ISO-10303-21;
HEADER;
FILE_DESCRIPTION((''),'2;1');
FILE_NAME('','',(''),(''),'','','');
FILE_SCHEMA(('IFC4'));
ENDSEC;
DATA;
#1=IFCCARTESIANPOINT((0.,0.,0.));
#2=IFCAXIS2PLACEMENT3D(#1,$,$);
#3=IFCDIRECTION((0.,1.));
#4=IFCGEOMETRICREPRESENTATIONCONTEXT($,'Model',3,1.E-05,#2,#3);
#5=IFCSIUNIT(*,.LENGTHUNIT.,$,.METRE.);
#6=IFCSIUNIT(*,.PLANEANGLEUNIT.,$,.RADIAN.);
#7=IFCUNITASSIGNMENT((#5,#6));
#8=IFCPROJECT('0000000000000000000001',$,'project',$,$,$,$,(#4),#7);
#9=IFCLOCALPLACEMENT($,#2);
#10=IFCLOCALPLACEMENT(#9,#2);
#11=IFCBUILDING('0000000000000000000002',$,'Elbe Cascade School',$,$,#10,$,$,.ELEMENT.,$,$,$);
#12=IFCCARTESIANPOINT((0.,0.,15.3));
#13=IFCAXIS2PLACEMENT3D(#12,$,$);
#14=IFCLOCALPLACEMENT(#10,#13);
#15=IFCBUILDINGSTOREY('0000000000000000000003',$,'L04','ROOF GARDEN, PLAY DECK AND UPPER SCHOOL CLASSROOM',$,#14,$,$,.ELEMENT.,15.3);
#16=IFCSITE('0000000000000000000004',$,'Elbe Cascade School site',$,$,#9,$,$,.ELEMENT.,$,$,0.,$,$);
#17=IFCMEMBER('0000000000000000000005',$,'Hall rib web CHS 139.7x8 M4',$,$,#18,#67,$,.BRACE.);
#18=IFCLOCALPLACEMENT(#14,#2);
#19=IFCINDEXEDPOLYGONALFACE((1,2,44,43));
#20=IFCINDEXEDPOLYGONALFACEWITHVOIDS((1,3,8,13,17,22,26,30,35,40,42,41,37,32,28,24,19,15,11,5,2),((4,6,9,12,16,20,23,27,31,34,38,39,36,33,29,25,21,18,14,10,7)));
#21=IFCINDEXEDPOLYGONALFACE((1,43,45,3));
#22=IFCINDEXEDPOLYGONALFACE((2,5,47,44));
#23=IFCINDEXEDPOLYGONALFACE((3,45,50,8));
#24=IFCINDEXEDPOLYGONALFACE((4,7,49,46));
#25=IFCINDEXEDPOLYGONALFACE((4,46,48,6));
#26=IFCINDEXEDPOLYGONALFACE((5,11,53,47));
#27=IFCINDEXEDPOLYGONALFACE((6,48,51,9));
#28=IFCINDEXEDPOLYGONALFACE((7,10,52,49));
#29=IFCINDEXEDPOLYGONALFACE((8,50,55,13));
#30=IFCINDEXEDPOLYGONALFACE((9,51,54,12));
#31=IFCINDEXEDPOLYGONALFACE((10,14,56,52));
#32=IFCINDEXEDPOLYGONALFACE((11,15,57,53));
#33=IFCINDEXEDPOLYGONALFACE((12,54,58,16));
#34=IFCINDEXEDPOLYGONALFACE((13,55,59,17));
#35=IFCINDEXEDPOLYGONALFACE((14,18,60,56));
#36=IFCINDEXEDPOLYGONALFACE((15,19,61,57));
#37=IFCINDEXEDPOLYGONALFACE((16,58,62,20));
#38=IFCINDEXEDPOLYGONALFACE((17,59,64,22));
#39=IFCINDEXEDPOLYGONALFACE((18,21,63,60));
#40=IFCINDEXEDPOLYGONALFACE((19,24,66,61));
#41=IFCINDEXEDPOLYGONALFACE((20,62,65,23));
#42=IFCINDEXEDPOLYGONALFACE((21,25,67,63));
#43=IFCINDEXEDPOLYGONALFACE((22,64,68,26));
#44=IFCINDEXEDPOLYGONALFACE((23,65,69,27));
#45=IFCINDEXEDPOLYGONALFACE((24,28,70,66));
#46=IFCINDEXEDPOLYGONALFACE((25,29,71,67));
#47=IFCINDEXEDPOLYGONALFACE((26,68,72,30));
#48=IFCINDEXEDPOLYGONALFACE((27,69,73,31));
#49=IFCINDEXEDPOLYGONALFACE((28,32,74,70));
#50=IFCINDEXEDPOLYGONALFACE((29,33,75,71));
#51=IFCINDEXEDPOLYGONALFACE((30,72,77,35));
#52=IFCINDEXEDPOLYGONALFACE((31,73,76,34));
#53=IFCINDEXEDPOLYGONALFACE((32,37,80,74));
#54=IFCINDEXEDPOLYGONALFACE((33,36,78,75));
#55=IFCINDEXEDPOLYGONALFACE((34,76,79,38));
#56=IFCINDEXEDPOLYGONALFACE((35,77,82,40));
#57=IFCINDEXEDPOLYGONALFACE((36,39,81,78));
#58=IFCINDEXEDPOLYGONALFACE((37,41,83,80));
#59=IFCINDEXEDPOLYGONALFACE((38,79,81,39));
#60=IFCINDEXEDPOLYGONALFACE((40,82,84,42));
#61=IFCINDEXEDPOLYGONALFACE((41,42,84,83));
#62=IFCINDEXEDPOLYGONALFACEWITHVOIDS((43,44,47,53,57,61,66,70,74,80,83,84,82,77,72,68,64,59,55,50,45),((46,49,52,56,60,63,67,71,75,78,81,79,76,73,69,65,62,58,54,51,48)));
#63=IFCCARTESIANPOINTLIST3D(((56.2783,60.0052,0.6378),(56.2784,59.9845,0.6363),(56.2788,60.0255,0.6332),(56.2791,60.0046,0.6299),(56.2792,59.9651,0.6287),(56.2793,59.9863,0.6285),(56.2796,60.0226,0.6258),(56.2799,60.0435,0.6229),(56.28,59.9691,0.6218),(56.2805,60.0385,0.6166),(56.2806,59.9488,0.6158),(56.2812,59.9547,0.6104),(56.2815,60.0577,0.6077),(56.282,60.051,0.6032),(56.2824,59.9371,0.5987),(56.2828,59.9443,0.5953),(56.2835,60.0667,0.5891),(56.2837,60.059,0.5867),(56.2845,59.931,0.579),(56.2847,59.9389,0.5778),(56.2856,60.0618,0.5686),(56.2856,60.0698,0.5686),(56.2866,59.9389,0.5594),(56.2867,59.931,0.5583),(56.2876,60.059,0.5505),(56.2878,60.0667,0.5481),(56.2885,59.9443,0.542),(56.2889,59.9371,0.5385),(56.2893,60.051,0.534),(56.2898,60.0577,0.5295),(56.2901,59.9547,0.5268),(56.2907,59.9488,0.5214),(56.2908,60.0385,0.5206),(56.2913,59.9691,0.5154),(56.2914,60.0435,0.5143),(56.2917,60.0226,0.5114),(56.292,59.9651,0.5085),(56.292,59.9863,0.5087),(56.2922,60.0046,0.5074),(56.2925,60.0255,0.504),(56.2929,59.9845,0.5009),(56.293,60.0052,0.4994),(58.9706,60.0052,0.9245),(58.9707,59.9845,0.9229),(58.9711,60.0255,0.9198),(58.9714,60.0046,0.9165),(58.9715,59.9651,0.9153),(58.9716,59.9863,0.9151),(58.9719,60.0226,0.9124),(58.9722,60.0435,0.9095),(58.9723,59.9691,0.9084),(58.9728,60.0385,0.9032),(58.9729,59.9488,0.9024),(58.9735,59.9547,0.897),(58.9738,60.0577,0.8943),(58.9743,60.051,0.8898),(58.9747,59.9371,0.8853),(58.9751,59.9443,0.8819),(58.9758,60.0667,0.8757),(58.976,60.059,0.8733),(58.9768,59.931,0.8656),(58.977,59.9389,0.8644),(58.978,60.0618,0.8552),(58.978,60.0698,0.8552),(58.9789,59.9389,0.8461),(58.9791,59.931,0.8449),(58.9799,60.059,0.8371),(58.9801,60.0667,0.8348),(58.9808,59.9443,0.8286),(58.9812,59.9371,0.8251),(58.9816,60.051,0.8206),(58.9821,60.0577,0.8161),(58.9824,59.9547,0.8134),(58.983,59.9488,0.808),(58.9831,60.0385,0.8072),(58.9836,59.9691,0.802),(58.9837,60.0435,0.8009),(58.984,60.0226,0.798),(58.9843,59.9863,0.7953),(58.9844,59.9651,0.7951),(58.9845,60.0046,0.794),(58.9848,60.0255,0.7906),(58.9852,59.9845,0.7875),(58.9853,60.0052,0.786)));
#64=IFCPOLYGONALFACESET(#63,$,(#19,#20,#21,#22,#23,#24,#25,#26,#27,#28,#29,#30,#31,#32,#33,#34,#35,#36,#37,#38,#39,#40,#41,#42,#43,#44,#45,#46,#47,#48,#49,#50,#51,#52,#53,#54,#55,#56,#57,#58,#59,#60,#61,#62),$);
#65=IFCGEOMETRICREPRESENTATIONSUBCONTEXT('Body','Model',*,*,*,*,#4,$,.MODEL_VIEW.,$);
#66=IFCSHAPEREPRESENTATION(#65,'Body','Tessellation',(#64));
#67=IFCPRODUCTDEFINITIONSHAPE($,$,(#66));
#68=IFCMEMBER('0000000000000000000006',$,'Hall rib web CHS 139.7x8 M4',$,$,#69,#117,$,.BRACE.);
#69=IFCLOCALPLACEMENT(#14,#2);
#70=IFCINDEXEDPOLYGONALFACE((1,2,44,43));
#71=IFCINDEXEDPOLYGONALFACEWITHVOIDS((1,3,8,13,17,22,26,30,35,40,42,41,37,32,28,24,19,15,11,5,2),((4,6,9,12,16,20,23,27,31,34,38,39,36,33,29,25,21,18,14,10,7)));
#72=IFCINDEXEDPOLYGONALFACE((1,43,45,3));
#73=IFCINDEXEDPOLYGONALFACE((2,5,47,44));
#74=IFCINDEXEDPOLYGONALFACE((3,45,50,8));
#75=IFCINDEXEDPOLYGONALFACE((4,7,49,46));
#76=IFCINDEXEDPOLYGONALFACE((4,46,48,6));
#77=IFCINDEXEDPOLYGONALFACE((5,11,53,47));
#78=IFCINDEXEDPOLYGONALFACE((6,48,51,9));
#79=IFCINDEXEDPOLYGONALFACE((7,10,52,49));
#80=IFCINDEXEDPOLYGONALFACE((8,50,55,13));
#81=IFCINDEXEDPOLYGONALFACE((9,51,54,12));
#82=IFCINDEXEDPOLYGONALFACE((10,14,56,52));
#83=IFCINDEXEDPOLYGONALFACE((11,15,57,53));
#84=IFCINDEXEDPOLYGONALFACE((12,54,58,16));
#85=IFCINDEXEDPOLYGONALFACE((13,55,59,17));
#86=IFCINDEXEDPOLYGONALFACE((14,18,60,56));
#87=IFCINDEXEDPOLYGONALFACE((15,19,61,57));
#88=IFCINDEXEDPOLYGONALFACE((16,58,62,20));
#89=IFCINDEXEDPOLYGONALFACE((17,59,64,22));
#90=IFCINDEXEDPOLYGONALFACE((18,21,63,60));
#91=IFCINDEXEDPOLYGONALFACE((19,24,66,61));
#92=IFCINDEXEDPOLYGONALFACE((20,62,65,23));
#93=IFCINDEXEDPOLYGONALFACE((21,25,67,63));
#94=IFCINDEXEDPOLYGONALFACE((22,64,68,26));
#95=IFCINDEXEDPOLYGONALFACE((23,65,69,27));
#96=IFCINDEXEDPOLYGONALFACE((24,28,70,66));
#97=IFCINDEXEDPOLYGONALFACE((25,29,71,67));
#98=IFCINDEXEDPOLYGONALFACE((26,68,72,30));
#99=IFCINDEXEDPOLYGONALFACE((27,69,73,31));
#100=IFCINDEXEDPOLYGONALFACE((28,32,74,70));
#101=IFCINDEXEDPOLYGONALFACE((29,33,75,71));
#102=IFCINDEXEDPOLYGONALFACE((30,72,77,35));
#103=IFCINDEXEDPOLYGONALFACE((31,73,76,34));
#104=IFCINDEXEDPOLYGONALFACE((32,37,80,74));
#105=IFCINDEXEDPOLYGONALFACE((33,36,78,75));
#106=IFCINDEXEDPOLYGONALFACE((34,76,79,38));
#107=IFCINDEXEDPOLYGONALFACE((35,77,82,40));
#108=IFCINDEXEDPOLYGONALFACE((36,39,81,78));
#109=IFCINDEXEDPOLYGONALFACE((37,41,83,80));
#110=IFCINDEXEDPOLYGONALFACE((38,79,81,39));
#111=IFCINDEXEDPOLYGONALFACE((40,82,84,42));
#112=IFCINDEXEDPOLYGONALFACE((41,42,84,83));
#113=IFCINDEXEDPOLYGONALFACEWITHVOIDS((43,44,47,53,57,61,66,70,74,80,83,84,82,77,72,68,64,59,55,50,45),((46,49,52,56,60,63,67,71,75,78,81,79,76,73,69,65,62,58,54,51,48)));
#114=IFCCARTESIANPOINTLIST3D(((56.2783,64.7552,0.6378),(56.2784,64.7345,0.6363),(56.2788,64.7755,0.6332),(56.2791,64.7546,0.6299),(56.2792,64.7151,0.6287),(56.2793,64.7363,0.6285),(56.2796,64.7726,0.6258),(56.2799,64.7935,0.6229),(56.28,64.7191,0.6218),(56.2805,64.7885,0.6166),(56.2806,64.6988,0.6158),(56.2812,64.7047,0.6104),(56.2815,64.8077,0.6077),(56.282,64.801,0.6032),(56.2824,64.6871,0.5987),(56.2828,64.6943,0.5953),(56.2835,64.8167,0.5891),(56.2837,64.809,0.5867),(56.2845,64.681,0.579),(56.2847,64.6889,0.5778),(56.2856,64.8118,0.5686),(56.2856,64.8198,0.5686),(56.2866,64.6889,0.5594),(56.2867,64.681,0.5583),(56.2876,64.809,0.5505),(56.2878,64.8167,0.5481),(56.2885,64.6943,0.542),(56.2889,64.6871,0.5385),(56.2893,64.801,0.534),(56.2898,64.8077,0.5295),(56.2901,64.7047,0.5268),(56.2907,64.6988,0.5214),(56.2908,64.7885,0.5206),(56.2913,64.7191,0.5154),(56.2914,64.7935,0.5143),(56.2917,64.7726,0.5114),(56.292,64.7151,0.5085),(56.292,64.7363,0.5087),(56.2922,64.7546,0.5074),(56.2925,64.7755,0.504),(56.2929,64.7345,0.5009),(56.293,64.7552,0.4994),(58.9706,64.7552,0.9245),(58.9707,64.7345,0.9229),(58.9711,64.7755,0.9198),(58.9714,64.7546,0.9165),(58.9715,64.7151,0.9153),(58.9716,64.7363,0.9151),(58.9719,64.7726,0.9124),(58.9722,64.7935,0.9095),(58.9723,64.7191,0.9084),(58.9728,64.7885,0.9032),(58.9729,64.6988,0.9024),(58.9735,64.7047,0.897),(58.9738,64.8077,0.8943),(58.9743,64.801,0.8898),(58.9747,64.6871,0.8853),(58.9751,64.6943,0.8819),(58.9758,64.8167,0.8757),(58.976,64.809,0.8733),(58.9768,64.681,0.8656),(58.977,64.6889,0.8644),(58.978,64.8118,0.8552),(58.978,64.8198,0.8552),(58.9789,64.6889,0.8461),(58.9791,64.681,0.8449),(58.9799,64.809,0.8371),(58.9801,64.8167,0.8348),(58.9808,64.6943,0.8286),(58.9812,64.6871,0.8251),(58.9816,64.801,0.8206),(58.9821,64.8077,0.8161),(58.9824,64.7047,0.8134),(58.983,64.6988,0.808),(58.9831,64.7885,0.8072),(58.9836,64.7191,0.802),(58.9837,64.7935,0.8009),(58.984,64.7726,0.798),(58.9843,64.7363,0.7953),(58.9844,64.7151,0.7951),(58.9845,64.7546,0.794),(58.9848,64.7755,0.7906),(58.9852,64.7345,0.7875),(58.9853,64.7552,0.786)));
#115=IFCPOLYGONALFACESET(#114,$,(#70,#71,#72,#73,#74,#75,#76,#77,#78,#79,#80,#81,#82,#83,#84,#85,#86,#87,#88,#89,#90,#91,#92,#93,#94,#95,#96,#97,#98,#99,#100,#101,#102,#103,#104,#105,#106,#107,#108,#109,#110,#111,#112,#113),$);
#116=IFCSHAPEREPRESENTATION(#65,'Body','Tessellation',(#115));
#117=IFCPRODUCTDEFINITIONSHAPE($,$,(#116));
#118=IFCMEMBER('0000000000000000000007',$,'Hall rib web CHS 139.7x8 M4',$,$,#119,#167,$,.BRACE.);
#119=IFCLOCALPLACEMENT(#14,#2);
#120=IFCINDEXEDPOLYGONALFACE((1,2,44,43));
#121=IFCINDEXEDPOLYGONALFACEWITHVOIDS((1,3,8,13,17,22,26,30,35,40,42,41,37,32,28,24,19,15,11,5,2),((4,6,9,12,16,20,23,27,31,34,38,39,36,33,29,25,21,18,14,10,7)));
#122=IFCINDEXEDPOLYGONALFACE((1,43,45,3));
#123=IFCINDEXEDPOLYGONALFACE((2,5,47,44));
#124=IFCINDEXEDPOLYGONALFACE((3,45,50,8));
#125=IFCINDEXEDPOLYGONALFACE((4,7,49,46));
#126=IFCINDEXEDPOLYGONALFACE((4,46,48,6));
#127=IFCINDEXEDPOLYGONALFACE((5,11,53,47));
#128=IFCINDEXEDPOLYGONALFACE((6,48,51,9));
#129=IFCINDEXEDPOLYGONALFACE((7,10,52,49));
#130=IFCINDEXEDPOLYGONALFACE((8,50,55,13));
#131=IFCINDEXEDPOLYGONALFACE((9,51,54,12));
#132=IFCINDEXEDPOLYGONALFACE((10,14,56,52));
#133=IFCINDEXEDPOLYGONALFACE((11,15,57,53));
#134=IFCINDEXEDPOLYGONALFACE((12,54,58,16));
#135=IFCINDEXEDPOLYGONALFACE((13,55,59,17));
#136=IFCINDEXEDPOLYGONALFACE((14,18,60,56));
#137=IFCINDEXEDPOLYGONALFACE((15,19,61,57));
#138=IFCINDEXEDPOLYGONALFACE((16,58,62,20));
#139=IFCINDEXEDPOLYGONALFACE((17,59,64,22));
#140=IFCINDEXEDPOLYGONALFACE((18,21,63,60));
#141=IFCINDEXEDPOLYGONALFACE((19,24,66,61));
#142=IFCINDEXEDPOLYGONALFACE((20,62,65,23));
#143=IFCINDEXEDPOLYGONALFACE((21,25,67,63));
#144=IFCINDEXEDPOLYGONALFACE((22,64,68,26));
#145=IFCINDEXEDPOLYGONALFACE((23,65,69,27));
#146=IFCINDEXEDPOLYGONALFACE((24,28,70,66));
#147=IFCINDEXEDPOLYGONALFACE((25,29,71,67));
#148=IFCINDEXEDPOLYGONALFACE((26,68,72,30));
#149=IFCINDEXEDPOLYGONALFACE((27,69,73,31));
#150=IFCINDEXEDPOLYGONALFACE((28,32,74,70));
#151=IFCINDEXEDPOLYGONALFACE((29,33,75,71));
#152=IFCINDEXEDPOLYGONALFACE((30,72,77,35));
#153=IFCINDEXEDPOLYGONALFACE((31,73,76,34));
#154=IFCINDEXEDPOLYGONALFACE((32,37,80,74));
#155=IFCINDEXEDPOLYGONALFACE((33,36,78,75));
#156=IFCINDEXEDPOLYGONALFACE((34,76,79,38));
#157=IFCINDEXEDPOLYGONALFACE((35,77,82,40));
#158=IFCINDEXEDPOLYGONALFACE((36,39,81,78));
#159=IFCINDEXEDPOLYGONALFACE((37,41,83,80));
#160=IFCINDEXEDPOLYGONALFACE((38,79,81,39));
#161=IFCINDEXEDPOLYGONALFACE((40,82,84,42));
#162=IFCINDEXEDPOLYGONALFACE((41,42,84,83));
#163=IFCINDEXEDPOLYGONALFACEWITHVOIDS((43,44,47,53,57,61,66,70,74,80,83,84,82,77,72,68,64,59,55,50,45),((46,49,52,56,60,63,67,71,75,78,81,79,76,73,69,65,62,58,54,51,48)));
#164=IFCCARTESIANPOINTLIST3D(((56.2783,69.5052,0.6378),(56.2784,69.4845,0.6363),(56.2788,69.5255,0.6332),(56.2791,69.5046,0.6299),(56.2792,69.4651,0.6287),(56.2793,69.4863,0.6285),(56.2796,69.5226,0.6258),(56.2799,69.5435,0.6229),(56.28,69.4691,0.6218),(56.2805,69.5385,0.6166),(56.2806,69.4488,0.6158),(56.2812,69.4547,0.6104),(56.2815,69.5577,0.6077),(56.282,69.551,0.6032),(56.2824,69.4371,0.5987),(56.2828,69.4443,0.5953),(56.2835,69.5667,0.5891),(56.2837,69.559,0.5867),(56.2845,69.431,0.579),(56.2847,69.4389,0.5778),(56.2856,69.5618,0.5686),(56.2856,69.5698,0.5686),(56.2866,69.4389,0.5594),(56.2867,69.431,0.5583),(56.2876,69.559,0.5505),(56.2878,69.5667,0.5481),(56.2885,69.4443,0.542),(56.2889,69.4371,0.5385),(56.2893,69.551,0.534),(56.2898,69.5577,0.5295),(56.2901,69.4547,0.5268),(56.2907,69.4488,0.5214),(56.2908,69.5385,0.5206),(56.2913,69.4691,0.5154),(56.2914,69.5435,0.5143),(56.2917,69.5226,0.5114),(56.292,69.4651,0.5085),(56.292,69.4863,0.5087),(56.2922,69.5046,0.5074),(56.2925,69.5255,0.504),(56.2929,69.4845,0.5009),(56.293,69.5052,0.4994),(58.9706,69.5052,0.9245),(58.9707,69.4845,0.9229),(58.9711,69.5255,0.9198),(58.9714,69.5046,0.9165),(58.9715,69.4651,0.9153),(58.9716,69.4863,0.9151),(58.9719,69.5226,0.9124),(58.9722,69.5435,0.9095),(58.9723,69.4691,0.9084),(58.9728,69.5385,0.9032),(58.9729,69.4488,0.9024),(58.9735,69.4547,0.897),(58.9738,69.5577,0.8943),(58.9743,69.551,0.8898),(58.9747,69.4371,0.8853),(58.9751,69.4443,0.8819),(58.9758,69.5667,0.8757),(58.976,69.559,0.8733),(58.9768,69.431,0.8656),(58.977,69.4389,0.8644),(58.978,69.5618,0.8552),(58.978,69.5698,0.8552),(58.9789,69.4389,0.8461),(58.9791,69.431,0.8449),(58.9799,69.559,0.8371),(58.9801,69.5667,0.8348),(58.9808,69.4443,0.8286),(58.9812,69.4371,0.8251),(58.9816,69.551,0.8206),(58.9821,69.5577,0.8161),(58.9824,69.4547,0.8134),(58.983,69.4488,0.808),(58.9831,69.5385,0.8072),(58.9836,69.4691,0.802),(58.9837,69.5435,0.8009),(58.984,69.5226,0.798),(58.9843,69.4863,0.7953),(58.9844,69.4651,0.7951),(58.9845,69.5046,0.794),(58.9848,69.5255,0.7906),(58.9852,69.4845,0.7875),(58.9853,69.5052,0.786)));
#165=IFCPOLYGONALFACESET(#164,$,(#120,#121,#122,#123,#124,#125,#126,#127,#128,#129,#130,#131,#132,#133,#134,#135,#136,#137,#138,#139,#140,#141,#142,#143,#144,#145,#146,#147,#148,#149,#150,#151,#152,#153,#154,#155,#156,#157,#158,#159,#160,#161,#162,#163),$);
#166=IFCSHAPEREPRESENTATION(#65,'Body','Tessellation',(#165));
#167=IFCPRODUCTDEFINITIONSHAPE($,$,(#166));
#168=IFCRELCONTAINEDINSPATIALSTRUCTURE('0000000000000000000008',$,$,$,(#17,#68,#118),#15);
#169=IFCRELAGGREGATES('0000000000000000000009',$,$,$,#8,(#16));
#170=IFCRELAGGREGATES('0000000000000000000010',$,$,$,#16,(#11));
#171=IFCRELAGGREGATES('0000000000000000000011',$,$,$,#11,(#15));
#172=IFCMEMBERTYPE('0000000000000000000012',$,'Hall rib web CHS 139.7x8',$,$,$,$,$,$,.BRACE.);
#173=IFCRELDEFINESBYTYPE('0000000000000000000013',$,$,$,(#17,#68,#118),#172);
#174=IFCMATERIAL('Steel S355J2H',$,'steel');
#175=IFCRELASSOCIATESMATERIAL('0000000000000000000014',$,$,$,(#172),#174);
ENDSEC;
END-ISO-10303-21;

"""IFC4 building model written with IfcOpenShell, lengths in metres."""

from ifc_helpers import new_model, si_unit, direction, frame, origin, origin_2d, place, context, subcontext, project, spatial, hollow_circle, extrude, material, material_profile, profile_set, type_object, element, save


model = new_model("IFC4")

# Units and contexts
model_context = context("Model", 3, precision=1e-05, world=origin(), true_north=direction((0.0, 1.0)))
body_context = subcontext(model_context, "Body", "Model", "MODEL_VIEW")
ifc_project = project(units=[si_unit("LENGTHUNIT", "METRE"), si_unit("PLANEANGLEUNIT", "RADIAN")], contexts=[model_context])

# Site, building, storey
site_placement = place(None, origin())
site = spatial("IfcSite", under=ifc_project, at=site_placement, Name="Elbe Cascade School site", CompositionType="ELEMENT", RefElevation=0.0)
building_placement = place(site_placement, origin())
building = spatial("IfcBuilding", under=site, at=building_placement, Name="Elbe Cascade School", CompositionType="ELEMENT")
storey_placement = place(building_placement, frame((0.0, 0.0, 15.3)))
storey = spatial("IfcBuildingStorey", under=building, at=storey_placement, Name="L04", Description="ROOF GARDEN, PLAY DECK AND UPPER SCHOOL CLASSROOM", CompositionType="ELEMENT", Elevation=15.3)

# Members
ifc_material_1 = material(Name="Steel S355J2H", Category="steel")
ifc_material_profile_1 = material_profile(ifc_material_1, hollow_circle(Radius=0.0698, WallThickness=0.0081, at=origin_2d()), Name="CHS 139.7x8")
ifc_profile_set_1 = profile_set([ifc_material_profile_1], Name="Steel S355J2H")
member_type_1 = type_object("IfcMemberType", Name="Hall rib web CHS 139.7x8", PredefinedType="BRACE", material=ifc_profile_set_1)
for number, where, z_axis, x_axis, name in (
    (1, (56.2856, 60.0, 0.5686), (0.994381, 0.0, 0.105858), (0.0, 1.0, 0.0), "Hall rib web CHS 139.7x8 M4"),
    (2, (56.2856, 64.75, 0.5686), (0.994381, 0.0, 0.105858), (0.0, 1.0, 0.0), "Hall rib web CHS 139.7x8 M4"),
    (3, (56.2856, 69.5, 0.5686), (0.994381, 0.0, 0.105858), (0.0, 1.0, 0.0), "Hall rib web CHS 139.7x8 M4"),
):
    element("IfcMember", number, at=place(storey_placement, frame(where, z_axis=z_axis, x_axis=x_axis)), inside=storey, type_object=member_type_1, Name=name, PredefinedType="BRACE", context=body_context, shape_type="SweptSolid", body=[
        extrude(hollow_circle(Radius=0.0698, WallThickness=0.0081, at=origin_2d()), origin(), (0.0, 0.0, 1.0), 2.7075),
    ])

save(model, "model.ifc")
